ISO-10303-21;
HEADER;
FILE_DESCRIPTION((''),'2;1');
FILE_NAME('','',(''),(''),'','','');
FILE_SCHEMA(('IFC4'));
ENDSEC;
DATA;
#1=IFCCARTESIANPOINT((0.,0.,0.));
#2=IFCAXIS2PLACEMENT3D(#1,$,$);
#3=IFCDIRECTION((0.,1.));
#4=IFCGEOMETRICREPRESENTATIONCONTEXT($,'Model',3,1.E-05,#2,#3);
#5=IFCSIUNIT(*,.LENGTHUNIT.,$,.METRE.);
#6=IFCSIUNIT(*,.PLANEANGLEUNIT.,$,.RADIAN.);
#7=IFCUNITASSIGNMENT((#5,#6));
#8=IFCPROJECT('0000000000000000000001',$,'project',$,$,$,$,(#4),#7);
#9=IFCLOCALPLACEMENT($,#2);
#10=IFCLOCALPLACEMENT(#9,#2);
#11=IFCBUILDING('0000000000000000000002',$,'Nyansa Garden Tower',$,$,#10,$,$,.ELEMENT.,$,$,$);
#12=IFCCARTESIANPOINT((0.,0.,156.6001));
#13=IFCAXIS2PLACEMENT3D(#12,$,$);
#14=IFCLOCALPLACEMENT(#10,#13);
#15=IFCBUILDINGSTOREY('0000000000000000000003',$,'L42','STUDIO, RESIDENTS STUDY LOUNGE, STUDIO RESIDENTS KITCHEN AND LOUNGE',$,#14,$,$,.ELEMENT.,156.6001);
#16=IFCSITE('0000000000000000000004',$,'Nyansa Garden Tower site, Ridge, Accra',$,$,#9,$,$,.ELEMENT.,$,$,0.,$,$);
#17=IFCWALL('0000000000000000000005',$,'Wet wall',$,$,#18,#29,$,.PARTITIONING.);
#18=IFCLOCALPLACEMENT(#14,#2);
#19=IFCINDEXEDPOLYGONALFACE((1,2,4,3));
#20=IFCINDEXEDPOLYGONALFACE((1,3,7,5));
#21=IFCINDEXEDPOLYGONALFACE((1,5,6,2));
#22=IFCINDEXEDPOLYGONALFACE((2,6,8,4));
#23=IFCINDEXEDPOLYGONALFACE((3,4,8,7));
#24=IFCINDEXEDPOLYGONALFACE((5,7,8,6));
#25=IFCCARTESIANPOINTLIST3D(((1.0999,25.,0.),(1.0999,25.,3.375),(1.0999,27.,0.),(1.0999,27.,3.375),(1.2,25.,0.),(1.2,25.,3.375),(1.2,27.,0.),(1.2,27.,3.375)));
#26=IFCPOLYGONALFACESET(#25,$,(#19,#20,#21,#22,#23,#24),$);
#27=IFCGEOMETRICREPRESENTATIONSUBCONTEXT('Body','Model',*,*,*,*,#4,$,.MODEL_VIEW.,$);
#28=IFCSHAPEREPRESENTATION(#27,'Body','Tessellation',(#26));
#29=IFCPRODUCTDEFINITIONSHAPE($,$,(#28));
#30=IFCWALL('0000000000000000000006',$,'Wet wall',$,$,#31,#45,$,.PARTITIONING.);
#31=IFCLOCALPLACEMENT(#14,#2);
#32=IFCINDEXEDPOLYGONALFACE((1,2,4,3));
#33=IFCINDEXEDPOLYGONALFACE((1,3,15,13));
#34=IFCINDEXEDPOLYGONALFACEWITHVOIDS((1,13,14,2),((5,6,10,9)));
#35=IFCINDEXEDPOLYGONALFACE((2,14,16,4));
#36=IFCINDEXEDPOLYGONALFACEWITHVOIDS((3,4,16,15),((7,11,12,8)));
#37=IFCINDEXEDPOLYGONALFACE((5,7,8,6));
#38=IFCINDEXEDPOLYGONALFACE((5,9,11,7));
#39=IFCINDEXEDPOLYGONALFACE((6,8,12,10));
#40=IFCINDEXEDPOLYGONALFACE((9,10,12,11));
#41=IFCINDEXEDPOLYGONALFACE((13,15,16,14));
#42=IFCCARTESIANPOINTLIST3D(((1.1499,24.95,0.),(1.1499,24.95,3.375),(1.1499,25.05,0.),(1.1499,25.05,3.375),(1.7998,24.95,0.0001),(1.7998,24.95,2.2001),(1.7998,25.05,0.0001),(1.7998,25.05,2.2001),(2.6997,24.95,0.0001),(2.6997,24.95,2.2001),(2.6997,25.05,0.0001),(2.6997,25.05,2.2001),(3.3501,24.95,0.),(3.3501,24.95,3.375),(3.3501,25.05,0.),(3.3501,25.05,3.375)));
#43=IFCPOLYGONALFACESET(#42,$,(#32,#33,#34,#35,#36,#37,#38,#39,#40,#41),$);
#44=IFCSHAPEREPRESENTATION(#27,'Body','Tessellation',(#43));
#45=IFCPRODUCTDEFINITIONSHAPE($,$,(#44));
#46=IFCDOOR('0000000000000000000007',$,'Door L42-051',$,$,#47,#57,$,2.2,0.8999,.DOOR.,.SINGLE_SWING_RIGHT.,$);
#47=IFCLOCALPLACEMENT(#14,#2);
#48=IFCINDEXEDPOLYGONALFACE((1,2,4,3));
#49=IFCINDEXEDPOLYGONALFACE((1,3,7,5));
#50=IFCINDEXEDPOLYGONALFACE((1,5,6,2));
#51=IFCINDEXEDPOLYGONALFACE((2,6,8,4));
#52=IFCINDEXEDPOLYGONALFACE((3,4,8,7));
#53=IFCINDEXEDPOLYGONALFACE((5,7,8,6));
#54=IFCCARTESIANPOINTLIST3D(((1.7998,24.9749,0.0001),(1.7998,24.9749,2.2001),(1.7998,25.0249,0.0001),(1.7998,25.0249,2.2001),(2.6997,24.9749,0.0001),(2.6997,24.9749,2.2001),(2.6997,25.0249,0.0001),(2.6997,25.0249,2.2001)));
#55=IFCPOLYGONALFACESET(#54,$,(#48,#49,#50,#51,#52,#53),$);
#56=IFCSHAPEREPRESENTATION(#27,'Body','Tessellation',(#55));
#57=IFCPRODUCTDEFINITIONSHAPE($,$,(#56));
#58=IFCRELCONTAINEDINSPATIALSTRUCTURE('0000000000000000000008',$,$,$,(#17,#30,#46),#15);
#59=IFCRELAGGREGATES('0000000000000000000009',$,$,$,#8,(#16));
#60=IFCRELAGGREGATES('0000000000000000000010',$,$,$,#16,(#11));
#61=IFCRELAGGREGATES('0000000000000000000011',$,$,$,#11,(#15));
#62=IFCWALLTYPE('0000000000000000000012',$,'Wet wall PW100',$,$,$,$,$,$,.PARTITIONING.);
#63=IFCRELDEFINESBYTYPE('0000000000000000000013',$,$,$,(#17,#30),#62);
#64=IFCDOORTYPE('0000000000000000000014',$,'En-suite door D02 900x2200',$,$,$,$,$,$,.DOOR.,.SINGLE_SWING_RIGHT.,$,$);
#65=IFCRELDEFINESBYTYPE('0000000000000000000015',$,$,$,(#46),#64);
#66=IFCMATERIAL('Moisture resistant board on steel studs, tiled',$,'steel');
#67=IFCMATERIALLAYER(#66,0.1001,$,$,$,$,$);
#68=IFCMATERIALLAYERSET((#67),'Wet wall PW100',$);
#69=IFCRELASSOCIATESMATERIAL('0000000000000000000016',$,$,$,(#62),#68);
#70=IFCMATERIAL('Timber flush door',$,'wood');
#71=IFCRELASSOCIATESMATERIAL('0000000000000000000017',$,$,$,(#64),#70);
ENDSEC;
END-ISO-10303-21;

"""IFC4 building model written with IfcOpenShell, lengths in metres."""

from ifc_helpers import new_model, si_unit, direction, frame, frame_2d, origin, place, context, subcontext, project, spatial, rectangle, extrude, material, layer, layer_set, type_object, element, fill, save


model = new_model("IFC4")

# Units and contexts
model_context = context("Model", 3, precision=1e-05, world=origin(), true_north=direction((0.0, 1.0)))
body_context = subcontext(model_context, "Body", "Model", "MODEL_VIEW")
ifc_project = project(units=[si_unit("LENGTHUNIT", "METRE"), si_unit("PLANEANGLEUNIT", "RADIAN")], contexts=[model_context])

# Site, building, storey
site_placement = place(None, origin())
site = spatial("IfcSite", under=ifc_project, at=site_placement, Name="Nyansa Garden Tower site, Ridge, Accra", CompositionType="ELEMENT", RefElevation=0.0)
building_placement = place(site_placement, origin())
building = spatial("IfcBuilding", under=site, at=building_placement, Name="Nyansa Garden Tower", CompositionType="ELEMENT")
storey_placement = place(building_placement, frame((0.0, 0.0, 156.6001)))
storey = spatial("IfcBuildingStorey", under=building, at=storey_placement, Name="L42", Description="STUDIO, RESIDENTS STUDY LOUNGE, STUDIO RESIDENTS KITCHEN AND LOUNGE", CompositionType="ELEMENT", Elevation=156.6001)

# Shared definitions
ifc_material_1 = material(Name="Moisture resistant board on steel studs, tiled", Category="steel")
ifc_layer_1 = layer(ifc_material_1, 0.1001)
ifc_layer_set_1 = layer_set([ifc_layer_1], Name="Wet wall PW100")
wall_type_1 = type_object("IfcWallType", Name="Wet wall PW100", PredefinedType="PARTITIONING", material=ifc_layer_set_1)

# Shared definitions
ifc_material_2 = material(Name="Timber flush door", Category="wood")
door_type = type_object("IfcDoorType", Name="En-suite door D02 900x2200", OperationType="SINGLE_SWING_RIGHT", PredefinedType="DOOR", material=ifc_material_2)

# Wall
wall_1_placement = place(storey_placement, frame((1.1499, 25.0, 0.0), z_axis=(0.0, 0.0, 1.0), x_axis=(0.0, 1.0, 0.0)))
element("IfcWall", 1, at=wall_1_placement, inside=storey, type_object=wall_type_1, Name="Wet wall", PredefinedType="PARTITIONING", context=body_context, shape_type="SweptSolid", body=[
    extrude(rectangle(XDim=2.0, YDim=0.1001, at=frame_2d((1.0, 0.0))), origin(), (0.0, 0.0, 1.0), 3.375),
])

# Wall, opening, door
wall_2_placement = place(storey_placement, frame((1.1499, 25.0, 0.0), z_axis=(0.0, 0.0, 1.0), x_axis=(1.0, 0.0, 0.0)))
wall_2 = element("IfcWall", 2, at=wall_2_placement, inside=storey, type_object=wall_type_1, Name="Wet wall", PredefinedType="PARTITIONING", context=body_context, shape_type="SweptSolid", body=[
    extrude(rectangle(XDim=2.2002, YDim=0.1001, at=frame_2d((1.1001, 0.0))), origin(), (0.0, 0.0, 1.0), 3.375),
])
opening_1_placement = place(wall_2_placement, frame((0.6499, 0.0, 0.0)))
opening_1 = element("IfcOpeningElement", 3, at=opening_1_placement, cuts=wall_2, PredefinedType="OPENING", context=body_context, shape_type="SweptSolid", body=[
    extrude(rectangle(XDim=0.8999, YDim=2.2, at=frame_2d((0.45, 1.1001))), frame((0.0, 0.0601, 0.0), z_axis=(0.0, -1.0, 0.0), x_axis=(1.0, 0.0, 0.0)), (0.0, 0.0, 1.0), 0.1201),
])
door_1_placement = place(opening_1_placement, origin())
door_1 = element("IfcDoor", 4, at=door_1_placement, inside=storey, type_object=door_type, Name="Door L42-051", OperationType="SINGLE_SWING_RIGHT", OverallHeight=2.2, OverallWidth=0.8999, PredefinedType="DOOR", context=body_context, shape_type="SweptSolid", body=[
    extrude(rectangle(XDim=0.8999, YDim=2.2, at=frame_2d((0.45, 1.1001))), frame((0.0, 0.0249, 0.0), z_axis=(0.0, -1.0, 0.0), x_axis=(1.0, 0.0, 0.0)), (0.0, 0.0, 1.0), 0.05),
])
fill(opening_1, door_1)

save(model, "model.ifc")
